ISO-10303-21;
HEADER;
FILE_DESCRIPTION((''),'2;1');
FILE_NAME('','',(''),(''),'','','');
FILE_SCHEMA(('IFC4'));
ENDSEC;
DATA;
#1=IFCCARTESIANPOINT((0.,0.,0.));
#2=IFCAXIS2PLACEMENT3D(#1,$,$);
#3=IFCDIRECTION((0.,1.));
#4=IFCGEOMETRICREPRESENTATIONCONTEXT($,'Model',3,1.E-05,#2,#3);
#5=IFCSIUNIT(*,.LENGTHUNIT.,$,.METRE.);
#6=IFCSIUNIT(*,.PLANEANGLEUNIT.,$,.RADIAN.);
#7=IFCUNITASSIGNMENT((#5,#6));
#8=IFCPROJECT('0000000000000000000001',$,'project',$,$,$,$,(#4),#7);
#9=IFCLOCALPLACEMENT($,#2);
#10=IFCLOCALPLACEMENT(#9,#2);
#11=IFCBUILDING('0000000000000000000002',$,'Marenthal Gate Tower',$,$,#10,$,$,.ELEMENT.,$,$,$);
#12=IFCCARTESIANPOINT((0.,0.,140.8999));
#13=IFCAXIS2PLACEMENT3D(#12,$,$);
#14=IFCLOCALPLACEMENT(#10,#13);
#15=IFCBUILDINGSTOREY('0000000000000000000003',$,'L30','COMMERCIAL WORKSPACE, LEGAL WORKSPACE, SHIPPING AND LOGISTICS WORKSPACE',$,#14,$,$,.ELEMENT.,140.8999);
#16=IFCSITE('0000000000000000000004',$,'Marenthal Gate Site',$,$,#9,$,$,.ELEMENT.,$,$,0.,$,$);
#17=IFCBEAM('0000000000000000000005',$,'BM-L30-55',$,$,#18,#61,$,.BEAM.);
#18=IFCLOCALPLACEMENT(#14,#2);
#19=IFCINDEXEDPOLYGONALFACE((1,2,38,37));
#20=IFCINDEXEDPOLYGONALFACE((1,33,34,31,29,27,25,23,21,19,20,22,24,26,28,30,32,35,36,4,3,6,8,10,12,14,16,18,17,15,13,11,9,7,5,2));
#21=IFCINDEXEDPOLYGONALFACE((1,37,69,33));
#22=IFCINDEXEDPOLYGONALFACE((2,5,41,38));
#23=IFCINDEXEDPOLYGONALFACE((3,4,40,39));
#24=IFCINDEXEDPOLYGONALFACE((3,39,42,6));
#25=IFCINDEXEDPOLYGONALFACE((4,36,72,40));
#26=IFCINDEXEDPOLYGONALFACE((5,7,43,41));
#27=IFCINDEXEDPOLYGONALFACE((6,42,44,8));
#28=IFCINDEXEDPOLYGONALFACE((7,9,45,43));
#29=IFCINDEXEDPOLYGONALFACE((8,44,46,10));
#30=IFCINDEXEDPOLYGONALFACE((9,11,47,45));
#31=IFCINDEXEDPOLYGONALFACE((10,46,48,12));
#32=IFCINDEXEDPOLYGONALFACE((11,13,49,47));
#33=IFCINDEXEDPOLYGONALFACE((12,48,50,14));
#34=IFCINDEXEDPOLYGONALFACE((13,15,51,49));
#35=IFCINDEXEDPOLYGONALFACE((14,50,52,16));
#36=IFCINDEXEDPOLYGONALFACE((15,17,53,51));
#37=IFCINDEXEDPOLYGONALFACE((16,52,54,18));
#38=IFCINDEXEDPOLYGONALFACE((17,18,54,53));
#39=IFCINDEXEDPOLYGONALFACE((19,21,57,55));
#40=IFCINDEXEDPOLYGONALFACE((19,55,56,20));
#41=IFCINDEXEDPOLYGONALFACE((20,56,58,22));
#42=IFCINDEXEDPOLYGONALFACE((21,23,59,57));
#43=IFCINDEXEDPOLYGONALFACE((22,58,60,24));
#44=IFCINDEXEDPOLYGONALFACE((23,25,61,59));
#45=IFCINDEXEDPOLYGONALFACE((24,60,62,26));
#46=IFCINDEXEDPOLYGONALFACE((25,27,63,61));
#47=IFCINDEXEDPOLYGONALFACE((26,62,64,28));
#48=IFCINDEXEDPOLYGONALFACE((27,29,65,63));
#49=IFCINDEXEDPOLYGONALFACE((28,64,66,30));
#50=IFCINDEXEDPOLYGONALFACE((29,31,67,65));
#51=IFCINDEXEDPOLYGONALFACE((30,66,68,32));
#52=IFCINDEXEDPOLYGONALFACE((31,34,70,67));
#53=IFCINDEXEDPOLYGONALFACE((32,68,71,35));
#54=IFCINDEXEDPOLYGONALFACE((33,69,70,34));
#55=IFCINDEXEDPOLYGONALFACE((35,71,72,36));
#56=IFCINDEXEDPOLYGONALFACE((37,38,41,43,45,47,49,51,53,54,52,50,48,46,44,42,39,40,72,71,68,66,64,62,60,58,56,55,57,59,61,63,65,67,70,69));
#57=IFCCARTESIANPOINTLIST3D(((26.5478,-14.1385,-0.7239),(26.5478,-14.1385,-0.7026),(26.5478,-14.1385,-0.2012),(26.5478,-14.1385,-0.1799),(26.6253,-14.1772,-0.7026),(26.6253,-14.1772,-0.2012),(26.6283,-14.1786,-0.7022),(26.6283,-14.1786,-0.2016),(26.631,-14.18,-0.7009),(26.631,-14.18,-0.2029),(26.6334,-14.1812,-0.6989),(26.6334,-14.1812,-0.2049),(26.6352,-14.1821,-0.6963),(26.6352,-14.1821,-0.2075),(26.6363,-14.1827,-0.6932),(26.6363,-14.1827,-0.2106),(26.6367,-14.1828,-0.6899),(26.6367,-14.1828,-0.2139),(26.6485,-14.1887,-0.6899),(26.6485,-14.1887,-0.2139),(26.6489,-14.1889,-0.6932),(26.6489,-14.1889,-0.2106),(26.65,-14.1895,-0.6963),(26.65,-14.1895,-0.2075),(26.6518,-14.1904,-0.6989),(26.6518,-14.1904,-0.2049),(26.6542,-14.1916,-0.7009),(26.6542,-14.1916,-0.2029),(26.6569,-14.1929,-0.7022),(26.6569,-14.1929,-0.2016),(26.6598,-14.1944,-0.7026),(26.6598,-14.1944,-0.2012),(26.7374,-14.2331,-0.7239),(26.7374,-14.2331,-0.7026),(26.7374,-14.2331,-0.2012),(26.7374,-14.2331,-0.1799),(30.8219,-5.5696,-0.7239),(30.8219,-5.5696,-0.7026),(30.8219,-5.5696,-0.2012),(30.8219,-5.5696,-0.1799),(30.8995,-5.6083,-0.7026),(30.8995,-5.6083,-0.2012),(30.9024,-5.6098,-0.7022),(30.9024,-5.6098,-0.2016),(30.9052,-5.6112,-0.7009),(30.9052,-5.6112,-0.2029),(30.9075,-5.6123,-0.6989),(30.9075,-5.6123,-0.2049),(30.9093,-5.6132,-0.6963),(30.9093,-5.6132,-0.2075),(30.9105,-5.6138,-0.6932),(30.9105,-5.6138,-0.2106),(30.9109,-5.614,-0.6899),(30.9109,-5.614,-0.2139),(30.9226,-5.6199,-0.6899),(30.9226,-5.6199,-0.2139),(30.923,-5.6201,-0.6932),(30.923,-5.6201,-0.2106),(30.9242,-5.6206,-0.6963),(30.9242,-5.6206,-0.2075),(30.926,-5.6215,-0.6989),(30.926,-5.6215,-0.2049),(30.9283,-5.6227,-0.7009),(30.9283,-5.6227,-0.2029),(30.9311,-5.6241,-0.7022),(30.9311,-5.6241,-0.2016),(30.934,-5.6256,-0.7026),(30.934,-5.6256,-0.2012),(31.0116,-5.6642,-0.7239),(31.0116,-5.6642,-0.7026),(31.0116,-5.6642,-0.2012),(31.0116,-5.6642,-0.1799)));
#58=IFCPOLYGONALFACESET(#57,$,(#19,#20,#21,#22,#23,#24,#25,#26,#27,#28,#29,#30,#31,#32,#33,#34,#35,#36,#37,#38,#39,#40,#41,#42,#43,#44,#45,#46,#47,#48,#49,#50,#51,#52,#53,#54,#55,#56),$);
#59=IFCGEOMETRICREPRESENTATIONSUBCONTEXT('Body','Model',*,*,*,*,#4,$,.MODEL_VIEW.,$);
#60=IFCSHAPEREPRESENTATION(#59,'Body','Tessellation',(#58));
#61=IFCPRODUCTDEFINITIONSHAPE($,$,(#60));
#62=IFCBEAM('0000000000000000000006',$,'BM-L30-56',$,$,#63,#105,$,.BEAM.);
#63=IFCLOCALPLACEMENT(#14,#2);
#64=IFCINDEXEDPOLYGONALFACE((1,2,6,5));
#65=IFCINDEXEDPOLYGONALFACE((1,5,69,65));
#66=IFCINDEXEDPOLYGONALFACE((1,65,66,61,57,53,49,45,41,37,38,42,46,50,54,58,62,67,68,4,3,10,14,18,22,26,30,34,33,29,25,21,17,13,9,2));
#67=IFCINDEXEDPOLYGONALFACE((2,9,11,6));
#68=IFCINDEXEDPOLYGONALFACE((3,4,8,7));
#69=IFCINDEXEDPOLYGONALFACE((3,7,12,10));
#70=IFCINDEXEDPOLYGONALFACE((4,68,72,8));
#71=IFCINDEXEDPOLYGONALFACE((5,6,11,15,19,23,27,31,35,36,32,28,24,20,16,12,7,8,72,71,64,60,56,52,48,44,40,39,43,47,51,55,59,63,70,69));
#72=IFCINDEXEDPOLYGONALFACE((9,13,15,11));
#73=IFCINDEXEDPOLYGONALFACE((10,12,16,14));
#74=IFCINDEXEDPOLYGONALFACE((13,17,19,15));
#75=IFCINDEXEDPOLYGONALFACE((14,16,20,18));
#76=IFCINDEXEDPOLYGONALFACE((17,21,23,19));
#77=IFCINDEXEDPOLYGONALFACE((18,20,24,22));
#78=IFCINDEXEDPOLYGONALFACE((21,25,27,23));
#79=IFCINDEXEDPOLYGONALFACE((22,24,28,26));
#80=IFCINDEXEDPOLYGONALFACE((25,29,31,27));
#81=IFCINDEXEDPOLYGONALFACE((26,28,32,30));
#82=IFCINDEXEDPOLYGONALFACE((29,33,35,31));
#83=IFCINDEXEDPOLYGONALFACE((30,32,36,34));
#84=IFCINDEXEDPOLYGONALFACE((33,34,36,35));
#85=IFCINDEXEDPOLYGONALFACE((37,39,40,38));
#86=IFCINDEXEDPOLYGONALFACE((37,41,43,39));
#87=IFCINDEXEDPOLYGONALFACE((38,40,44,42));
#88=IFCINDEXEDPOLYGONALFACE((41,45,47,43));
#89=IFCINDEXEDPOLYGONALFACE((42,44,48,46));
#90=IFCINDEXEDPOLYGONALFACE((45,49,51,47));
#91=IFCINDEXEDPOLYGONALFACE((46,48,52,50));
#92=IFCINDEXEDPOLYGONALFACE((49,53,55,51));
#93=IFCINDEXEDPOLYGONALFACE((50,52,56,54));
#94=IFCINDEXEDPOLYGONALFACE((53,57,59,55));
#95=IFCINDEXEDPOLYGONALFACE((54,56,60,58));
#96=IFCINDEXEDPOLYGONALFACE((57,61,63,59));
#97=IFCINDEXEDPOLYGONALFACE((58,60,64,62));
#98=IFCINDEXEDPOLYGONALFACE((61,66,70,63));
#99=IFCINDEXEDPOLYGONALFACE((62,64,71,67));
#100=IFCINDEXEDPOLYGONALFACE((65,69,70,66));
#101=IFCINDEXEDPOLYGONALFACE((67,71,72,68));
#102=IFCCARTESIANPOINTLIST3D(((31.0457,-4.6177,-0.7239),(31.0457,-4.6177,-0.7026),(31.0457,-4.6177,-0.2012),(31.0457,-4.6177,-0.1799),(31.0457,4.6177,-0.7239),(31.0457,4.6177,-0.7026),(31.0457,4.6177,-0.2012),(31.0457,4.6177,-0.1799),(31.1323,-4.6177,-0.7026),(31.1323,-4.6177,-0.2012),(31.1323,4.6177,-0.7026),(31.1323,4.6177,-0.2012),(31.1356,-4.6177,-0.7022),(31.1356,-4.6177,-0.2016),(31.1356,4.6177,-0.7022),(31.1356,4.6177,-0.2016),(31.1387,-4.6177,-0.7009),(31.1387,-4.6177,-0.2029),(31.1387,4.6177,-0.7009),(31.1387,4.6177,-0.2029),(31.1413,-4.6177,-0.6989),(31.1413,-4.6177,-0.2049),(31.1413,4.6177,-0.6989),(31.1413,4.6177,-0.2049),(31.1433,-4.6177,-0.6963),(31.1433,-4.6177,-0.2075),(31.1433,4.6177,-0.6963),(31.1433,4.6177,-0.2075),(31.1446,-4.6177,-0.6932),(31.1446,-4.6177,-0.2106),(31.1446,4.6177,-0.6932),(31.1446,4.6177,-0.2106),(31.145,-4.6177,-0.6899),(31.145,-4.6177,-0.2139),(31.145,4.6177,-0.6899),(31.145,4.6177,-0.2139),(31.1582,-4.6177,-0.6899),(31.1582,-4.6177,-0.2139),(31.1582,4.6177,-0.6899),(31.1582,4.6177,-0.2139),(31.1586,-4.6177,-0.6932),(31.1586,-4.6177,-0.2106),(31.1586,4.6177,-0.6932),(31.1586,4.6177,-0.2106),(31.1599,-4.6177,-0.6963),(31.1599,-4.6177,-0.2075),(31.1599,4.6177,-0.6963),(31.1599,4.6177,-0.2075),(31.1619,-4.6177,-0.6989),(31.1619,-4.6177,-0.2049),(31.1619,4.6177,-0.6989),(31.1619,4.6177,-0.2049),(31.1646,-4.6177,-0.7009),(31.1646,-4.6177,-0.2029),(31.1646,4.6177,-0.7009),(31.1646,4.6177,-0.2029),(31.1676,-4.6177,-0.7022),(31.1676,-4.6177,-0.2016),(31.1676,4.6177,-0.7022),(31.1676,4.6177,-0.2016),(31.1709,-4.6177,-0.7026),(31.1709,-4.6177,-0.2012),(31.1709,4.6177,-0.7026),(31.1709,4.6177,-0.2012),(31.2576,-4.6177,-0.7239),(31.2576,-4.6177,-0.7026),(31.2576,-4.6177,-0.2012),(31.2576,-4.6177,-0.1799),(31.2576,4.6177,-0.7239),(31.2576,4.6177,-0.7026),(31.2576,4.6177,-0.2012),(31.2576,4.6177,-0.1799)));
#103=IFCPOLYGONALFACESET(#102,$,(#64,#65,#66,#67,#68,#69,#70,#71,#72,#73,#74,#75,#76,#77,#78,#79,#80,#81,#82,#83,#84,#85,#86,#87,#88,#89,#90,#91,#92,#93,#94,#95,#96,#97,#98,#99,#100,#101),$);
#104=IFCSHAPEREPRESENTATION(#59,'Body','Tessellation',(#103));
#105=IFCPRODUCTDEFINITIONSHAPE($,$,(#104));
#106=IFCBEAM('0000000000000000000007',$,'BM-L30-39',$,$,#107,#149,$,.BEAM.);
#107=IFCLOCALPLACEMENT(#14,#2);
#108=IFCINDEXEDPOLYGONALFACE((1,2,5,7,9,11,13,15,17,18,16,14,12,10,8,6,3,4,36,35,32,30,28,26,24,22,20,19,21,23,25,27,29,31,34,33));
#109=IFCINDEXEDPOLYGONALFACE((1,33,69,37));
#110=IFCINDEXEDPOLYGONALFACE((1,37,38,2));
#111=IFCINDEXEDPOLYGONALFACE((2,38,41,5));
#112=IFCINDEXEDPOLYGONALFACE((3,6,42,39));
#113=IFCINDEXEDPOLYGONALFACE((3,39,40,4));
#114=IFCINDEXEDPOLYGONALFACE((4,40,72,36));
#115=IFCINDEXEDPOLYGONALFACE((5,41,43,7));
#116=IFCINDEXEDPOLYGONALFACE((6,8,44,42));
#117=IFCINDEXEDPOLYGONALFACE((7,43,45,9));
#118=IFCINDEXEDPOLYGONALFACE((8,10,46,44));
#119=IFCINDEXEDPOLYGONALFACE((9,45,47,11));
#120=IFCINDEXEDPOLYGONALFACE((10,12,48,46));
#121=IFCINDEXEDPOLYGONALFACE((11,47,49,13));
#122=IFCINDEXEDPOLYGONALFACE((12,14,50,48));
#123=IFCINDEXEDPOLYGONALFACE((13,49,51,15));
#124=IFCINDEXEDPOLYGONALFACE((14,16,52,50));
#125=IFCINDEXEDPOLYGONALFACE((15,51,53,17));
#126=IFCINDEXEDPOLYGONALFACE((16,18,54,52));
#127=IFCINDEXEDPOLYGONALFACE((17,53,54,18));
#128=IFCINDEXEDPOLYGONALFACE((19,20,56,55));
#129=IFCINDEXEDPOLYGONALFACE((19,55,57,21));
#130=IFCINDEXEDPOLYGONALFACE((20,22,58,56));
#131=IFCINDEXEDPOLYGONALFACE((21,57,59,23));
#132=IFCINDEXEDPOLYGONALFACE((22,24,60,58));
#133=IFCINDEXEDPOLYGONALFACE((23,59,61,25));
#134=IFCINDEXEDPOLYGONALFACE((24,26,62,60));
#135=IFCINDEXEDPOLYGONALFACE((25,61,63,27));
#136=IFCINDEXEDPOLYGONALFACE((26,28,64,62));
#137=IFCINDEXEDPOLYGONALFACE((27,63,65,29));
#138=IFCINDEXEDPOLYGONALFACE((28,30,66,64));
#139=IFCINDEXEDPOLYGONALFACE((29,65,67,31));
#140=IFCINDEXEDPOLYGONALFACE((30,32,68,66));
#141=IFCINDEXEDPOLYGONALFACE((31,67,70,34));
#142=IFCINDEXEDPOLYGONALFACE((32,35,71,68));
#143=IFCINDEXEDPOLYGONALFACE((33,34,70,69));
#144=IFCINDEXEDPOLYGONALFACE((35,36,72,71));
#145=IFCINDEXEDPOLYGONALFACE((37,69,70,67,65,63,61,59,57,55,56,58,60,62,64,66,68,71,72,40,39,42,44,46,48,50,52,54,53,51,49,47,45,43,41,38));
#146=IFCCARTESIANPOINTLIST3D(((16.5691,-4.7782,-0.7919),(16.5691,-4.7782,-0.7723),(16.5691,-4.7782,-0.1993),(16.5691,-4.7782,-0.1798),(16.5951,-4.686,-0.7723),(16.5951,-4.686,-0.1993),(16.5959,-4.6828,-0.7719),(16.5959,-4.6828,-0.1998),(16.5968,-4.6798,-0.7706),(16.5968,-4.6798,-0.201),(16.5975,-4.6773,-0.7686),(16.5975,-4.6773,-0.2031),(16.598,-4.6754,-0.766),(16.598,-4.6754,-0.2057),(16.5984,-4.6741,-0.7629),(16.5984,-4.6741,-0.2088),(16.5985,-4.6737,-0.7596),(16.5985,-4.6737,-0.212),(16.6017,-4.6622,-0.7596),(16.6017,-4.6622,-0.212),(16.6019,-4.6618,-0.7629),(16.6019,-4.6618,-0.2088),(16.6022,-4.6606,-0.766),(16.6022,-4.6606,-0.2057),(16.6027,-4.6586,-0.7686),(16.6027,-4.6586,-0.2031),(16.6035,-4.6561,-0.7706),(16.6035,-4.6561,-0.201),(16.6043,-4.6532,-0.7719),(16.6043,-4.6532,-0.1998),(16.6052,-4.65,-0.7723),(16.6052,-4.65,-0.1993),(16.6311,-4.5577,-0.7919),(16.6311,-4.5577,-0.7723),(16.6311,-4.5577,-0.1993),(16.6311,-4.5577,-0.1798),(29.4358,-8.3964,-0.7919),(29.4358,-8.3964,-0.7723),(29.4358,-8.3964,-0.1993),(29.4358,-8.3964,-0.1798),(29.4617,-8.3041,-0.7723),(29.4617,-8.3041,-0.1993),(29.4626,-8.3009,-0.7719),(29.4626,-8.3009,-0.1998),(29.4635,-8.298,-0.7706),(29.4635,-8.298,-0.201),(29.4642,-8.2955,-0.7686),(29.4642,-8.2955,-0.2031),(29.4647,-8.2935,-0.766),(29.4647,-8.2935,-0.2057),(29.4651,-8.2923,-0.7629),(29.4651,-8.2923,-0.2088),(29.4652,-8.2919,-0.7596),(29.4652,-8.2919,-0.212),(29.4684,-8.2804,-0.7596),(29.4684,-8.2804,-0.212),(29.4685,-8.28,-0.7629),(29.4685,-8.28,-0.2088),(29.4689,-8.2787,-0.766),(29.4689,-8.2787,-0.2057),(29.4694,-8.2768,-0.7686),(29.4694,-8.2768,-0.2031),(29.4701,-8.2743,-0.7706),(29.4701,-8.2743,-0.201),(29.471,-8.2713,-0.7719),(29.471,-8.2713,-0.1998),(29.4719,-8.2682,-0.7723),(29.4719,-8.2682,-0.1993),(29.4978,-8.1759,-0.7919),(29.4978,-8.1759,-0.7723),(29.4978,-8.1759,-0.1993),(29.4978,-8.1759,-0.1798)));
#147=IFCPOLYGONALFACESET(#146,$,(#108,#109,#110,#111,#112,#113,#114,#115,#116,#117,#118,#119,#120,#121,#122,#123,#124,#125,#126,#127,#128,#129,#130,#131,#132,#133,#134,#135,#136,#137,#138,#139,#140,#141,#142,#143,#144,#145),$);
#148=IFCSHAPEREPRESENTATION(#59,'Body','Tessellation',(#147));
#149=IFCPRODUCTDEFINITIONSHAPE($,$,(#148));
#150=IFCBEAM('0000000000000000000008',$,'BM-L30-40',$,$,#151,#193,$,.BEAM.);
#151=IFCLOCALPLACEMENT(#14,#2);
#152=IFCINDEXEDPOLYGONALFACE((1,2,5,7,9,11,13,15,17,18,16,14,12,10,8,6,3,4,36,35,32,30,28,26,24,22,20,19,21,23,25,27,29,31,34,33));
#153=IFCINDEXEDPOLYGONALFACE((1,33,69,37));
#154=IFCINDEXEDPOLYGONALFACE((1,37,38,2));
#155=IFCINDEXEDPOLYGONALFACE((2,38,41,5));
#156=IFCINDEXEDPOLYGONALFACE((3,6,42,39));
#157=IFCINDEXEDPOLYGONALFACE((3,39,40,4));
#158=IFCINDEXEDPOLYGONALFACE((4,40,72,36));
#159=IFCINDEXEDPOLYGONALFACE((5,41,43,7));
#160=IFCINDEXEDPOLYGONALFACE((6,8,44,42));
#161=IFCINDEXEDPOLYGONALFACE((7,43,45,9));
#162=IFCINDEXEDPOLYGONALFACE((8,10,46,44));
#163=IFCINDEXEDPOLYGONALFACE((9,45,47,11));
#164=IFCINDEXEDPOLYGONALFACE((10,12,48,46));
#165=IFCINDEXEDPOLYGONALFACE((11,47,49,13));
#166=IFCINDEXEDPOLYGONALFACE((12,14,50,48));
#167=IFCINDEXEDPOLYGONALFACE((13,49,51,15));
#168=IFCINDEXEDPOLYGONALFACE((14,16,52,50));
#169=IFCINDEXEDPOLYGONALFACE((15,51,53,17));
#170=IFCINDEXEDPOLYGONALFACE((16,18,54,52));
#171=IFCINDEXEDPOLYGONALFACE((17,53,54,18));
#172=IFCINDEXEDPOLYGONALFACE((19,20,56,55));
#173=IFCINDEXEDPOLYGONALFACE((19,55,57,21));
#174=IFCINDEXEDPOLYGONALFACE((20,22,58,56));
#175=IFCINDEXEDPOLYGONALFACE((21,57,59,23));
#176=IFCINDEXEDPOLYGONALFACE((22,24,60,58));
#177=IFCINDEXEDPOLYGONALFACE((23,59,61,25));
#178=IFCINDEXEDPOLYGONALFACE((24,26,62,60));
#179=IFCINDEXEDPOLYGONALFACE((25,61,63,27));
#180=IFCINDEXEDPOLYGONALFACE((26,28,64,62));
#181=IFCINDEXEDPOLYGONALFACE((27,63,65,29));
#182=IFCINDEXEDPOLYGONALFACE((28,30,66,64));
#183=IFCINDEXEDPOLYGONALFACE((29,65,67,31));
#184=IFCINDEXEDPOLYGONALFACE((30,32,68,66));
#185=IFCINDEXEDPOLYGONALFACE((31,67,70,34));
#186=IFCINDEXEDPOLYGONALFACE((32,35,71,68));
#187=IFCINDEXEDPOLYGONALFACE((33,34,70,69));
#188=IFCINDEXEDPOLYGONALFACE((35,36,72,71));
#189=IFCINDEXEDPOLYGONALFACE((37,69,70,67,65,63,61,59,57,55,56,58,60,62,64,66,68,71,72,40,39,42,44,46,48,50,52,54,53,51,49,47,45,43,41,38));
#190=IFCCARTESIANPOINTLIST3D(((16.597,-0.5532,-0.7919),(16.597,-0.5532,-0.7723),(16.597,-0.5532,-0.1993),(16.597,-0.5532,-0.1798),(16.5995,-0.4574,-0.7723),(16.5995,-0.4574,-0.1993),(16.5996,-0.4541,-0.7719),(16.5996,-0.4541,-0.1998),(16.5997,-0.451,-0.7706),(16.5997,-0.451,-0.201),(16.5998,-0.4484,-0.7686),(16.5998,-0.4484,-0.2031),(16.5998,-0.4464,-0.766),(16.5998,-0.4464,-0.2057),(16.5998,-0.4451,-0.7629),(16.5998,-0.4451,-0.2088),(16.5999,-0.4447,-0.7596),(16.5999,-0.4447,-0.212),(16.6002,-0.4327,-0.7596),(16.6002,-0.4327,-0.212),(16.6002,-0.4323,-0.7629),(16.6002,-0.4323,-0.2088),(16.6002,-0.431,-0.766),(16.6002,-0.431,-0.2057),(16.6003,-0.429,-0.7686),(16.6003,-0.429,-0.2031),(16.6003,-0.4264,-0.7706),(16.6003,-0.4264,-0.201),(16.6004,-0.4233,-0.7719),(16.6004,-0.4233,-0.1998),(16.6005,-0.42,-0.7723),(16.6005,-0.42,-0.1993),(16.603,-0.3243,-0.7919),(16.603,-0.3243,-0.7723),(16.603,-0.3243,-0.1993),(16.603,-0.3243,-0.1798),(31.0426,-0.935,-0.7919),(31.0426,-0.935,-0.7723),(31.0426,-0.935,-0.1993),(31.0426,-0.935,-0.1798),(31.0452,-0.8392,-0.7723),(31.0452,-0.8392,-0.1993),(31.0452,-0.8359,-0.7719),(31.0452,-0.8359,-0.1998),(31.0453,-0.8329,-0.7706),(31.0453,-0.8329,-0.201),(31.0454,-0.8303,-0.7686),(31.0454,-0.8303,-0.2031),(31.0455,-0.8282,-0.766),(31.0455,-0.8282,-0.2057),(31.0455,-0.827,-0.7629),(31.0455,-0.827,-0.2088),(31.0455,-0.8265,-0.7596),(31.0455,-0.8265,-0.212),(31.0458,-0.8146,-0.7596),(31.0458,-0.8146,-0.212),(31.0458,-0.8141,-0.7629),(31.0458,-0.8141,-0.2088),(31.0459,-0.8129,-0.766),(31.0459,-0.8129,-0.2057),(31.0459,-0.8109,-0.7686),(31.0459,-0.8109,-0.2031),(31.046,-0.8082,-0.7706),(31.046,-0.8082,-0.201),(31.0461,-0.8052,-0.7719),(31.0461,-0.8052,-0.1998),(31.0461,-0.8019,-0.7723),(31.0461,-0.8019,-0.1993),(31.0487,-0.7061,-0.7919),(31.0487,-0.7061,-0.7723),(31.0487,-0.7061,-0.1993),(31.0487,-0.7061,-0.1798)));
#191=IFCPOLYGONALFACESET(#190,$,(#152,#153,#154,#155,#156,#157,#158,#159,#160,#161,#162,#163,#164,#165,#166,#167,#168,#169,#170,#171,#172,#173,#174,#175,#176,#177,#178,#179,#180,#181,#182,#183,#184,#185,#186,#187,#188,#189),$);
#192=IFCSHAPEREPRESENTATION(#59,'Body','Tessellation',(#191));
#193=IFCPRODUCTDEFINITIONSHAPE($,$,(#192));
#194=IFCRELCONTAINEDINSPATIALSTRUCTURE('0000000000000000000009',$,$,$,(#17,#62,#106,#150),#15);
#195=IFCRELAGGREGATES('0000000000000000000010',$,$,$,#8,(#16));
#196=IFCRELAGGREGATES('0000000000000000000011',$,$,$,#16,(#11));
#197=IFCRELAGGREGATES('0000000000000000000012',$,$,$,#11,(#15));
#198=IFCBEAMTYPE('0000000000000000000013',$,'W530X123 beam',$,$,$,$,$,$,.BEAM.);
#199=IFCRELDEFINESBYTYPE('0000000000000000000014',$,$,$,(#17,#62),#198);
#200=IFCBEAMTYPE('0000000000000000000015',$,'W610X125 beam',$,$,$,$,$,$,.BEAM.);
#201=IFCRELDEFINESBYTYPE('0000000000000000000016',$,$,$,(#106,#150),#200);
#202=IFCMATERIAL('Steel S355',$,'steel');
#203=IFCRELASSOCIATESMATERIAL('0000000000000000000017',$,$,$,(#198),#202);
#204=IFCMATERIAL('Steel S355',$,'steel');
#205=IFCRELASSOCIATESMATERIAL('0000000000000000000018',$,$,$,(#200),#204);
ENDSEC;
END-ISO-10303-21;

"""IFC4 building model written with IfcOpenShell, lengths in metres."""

from ifc_helpers import new_model, si_unit, direction, frame, origin, origin_2d, place, context, subcontext, project, spatial, i_section, extrude, material, material_profile, profile_set, type_object, element, save


model = new_model("IFC4")

# Units and contexts
model_context = context("Model", 3, precision=1e-05, world=origin(), true_north=direction((0.0, 1.0)))
body_context = subcontext(model_context, "Body", "Model", "MODEL_VIEW")
ifc_project = project(units=[si_unit("LENGTHUNIT", "METRE"), si_unit("PLANEANGLEUNIT", "RADIAN")], contexts=[model_context])

# Site, building, storey
site_placement = place(None, origin())
site = spatial("IfcSite", under=ifc_project, at=site_placement, Name="Marenthal Gate Site", CompositionType="ELEMENT", RefElevation=0.0)
building_placement = place(site_placement, origin())
building = spatial("IfcBuilding", under=site, at=building_placement, Name="Marenthal Gate Tower", CompositionType="ELEMENT")
storey_placement = place(building_placement, frame((0.0, 0.0, 140.8999)))
storey = spatial("IfcBuildingStorey", under=building, at=storey_placement, Name="L30", Description="COMMERCIAL WORKSPACE, LEGAL WORKSPACE, SHIPPING AND LOGISTICS WORKSPACE", CompositionType="ELEMENT", Elevation=140.8999)

# Beams
ifc_material_1 = material(Name="Steel S355", Category="steel")
ifc_material_profile_1 = material_profile(ifc_material_1, i_section(OverallWidth=0.2119, OverallDepth=0.5439, WebThickness=0.0132, FlangeThickness=0.0212, FilletRadius=0.0127, at=origin_2d()), Name="W530X123")
ifc_profile_set_1 = profile_set([ifc_material_profile_1], Name="Steel S355")
beam_type_1 = type_object("IfcBeamType", Name="W530X123 beam", PredefinedType="BEAM", material=ifc_profile_set_1)
beam_1_placement = place(storey_placement, frame((26.6426, -14.1858, -0.4519), z_axis=(0.446357, 0.894855, 0.0), x_axis=(-0.894855, 0.446357, 0.0)))
element("IfcBeam", 1, at=beam_1_placement, inside=storey, type_object=beam_type_1, Name="BM-L30-55", PredefinedType="BEAM", context=body_context, shape_type="SweptSolid", body=[
    extrude(i_section(OverallWidth=0.2119, OverallDepth=0.5439, WebThickness=0.0132, FlangeThickness=0.0212, FilletRadius=0.0127, at=origin_2d()), origin(), (0.0, 0.0, 1.0), 9.5757),
])
beam_2_placement = place(storey_placement, frame((31.1516, -4.6177, -0.4519), z_axis=(0.0, 1.0, 0.0), x_axis=(-1.0, 0.0, 0.0)))
element("IfcBeam", 2, at=beam_2_placement, inside=storey, type_object=beam_type_1, Name="BM-L30-56", PredefinedType="BEAM", context=body_context, shape_type="SweptSolid", body=[
    extrude(i_section(OverallWidth=0.2119, OverallDepth=0.5439, WebThickness=0.0132, FlangeThickness=0.0212, FilletRadius=0.0127, at=origin_2d()), origin(), (0.0, 0.0, 1.0), 9.2354),
])
ifc_material_2 = material(Name="Steel S355", Category="steel")
ifc_material_profile_2 = material_profile(ifc_material_2, i_section(OverallWidth=0.229, OverallDepth=0.6121, WebThickness=0.012, FlangeThickness=0.0195, FilletRadius=0.0127, at=origin_2d()), Name="W610X125")
ifc_profile_set_2 = profile_set([ifc_material_profile_2], Name="Steel S355")
beam_type_2 = type_object("IfcBeamType", Name="W610X125 beam", PredefinedType="BEAM", material=ifc_profile_set_2)
beam_3_placement = place(storey_placement, frame((29.4668, -8.2861, -0.4858), z_axis=(-0.962663, 0.270704, 0.0), x_axis=(-0.270704, -0.962663, 0.0)))
element("IfcBeam", 3, at=beam_3_placement, inside=storey, type_object=beam_type_2, Name="BM-L30-39", PredefinedType="BEAM", context=body_context, shape_type="SweptSolid", body=[
    extrude(i_section(OverallWidth=0.229, OverallDepth=0.6121, WebThickness=0.012, FlangeThickness=0.0195, FilletRadius=0.0127, at=origin_2d()), origin(), (0.0, 0.0, 1.0), 13.3657),
])
beam_4_placement = place(storey_placement, frame((31.0457, -0.8206, -0.4858), z_axis=(-0.999651, 0.026424, 0.0), x_axis=(-0.026424, -0.999651, 0.0)))
element("IfcBeam", 4, at=beam_4_placement, inside=storey, type_object=beam_type_2, Name="BM-L30-40", PredefinedType="BEAM", context=body_context, shape_type="SweptSolid", body=[
    extrude(i_section(OverallWidth=0.229, OverallDepth=0.6121, WebThickness=0.012, FlangeThickness=0.0195, FilletRadius=0.0127, at=origin_2d()), origin(), (0.0, 0.0, 1.0), 14.4507),
])

save(model, "model.ifc")
